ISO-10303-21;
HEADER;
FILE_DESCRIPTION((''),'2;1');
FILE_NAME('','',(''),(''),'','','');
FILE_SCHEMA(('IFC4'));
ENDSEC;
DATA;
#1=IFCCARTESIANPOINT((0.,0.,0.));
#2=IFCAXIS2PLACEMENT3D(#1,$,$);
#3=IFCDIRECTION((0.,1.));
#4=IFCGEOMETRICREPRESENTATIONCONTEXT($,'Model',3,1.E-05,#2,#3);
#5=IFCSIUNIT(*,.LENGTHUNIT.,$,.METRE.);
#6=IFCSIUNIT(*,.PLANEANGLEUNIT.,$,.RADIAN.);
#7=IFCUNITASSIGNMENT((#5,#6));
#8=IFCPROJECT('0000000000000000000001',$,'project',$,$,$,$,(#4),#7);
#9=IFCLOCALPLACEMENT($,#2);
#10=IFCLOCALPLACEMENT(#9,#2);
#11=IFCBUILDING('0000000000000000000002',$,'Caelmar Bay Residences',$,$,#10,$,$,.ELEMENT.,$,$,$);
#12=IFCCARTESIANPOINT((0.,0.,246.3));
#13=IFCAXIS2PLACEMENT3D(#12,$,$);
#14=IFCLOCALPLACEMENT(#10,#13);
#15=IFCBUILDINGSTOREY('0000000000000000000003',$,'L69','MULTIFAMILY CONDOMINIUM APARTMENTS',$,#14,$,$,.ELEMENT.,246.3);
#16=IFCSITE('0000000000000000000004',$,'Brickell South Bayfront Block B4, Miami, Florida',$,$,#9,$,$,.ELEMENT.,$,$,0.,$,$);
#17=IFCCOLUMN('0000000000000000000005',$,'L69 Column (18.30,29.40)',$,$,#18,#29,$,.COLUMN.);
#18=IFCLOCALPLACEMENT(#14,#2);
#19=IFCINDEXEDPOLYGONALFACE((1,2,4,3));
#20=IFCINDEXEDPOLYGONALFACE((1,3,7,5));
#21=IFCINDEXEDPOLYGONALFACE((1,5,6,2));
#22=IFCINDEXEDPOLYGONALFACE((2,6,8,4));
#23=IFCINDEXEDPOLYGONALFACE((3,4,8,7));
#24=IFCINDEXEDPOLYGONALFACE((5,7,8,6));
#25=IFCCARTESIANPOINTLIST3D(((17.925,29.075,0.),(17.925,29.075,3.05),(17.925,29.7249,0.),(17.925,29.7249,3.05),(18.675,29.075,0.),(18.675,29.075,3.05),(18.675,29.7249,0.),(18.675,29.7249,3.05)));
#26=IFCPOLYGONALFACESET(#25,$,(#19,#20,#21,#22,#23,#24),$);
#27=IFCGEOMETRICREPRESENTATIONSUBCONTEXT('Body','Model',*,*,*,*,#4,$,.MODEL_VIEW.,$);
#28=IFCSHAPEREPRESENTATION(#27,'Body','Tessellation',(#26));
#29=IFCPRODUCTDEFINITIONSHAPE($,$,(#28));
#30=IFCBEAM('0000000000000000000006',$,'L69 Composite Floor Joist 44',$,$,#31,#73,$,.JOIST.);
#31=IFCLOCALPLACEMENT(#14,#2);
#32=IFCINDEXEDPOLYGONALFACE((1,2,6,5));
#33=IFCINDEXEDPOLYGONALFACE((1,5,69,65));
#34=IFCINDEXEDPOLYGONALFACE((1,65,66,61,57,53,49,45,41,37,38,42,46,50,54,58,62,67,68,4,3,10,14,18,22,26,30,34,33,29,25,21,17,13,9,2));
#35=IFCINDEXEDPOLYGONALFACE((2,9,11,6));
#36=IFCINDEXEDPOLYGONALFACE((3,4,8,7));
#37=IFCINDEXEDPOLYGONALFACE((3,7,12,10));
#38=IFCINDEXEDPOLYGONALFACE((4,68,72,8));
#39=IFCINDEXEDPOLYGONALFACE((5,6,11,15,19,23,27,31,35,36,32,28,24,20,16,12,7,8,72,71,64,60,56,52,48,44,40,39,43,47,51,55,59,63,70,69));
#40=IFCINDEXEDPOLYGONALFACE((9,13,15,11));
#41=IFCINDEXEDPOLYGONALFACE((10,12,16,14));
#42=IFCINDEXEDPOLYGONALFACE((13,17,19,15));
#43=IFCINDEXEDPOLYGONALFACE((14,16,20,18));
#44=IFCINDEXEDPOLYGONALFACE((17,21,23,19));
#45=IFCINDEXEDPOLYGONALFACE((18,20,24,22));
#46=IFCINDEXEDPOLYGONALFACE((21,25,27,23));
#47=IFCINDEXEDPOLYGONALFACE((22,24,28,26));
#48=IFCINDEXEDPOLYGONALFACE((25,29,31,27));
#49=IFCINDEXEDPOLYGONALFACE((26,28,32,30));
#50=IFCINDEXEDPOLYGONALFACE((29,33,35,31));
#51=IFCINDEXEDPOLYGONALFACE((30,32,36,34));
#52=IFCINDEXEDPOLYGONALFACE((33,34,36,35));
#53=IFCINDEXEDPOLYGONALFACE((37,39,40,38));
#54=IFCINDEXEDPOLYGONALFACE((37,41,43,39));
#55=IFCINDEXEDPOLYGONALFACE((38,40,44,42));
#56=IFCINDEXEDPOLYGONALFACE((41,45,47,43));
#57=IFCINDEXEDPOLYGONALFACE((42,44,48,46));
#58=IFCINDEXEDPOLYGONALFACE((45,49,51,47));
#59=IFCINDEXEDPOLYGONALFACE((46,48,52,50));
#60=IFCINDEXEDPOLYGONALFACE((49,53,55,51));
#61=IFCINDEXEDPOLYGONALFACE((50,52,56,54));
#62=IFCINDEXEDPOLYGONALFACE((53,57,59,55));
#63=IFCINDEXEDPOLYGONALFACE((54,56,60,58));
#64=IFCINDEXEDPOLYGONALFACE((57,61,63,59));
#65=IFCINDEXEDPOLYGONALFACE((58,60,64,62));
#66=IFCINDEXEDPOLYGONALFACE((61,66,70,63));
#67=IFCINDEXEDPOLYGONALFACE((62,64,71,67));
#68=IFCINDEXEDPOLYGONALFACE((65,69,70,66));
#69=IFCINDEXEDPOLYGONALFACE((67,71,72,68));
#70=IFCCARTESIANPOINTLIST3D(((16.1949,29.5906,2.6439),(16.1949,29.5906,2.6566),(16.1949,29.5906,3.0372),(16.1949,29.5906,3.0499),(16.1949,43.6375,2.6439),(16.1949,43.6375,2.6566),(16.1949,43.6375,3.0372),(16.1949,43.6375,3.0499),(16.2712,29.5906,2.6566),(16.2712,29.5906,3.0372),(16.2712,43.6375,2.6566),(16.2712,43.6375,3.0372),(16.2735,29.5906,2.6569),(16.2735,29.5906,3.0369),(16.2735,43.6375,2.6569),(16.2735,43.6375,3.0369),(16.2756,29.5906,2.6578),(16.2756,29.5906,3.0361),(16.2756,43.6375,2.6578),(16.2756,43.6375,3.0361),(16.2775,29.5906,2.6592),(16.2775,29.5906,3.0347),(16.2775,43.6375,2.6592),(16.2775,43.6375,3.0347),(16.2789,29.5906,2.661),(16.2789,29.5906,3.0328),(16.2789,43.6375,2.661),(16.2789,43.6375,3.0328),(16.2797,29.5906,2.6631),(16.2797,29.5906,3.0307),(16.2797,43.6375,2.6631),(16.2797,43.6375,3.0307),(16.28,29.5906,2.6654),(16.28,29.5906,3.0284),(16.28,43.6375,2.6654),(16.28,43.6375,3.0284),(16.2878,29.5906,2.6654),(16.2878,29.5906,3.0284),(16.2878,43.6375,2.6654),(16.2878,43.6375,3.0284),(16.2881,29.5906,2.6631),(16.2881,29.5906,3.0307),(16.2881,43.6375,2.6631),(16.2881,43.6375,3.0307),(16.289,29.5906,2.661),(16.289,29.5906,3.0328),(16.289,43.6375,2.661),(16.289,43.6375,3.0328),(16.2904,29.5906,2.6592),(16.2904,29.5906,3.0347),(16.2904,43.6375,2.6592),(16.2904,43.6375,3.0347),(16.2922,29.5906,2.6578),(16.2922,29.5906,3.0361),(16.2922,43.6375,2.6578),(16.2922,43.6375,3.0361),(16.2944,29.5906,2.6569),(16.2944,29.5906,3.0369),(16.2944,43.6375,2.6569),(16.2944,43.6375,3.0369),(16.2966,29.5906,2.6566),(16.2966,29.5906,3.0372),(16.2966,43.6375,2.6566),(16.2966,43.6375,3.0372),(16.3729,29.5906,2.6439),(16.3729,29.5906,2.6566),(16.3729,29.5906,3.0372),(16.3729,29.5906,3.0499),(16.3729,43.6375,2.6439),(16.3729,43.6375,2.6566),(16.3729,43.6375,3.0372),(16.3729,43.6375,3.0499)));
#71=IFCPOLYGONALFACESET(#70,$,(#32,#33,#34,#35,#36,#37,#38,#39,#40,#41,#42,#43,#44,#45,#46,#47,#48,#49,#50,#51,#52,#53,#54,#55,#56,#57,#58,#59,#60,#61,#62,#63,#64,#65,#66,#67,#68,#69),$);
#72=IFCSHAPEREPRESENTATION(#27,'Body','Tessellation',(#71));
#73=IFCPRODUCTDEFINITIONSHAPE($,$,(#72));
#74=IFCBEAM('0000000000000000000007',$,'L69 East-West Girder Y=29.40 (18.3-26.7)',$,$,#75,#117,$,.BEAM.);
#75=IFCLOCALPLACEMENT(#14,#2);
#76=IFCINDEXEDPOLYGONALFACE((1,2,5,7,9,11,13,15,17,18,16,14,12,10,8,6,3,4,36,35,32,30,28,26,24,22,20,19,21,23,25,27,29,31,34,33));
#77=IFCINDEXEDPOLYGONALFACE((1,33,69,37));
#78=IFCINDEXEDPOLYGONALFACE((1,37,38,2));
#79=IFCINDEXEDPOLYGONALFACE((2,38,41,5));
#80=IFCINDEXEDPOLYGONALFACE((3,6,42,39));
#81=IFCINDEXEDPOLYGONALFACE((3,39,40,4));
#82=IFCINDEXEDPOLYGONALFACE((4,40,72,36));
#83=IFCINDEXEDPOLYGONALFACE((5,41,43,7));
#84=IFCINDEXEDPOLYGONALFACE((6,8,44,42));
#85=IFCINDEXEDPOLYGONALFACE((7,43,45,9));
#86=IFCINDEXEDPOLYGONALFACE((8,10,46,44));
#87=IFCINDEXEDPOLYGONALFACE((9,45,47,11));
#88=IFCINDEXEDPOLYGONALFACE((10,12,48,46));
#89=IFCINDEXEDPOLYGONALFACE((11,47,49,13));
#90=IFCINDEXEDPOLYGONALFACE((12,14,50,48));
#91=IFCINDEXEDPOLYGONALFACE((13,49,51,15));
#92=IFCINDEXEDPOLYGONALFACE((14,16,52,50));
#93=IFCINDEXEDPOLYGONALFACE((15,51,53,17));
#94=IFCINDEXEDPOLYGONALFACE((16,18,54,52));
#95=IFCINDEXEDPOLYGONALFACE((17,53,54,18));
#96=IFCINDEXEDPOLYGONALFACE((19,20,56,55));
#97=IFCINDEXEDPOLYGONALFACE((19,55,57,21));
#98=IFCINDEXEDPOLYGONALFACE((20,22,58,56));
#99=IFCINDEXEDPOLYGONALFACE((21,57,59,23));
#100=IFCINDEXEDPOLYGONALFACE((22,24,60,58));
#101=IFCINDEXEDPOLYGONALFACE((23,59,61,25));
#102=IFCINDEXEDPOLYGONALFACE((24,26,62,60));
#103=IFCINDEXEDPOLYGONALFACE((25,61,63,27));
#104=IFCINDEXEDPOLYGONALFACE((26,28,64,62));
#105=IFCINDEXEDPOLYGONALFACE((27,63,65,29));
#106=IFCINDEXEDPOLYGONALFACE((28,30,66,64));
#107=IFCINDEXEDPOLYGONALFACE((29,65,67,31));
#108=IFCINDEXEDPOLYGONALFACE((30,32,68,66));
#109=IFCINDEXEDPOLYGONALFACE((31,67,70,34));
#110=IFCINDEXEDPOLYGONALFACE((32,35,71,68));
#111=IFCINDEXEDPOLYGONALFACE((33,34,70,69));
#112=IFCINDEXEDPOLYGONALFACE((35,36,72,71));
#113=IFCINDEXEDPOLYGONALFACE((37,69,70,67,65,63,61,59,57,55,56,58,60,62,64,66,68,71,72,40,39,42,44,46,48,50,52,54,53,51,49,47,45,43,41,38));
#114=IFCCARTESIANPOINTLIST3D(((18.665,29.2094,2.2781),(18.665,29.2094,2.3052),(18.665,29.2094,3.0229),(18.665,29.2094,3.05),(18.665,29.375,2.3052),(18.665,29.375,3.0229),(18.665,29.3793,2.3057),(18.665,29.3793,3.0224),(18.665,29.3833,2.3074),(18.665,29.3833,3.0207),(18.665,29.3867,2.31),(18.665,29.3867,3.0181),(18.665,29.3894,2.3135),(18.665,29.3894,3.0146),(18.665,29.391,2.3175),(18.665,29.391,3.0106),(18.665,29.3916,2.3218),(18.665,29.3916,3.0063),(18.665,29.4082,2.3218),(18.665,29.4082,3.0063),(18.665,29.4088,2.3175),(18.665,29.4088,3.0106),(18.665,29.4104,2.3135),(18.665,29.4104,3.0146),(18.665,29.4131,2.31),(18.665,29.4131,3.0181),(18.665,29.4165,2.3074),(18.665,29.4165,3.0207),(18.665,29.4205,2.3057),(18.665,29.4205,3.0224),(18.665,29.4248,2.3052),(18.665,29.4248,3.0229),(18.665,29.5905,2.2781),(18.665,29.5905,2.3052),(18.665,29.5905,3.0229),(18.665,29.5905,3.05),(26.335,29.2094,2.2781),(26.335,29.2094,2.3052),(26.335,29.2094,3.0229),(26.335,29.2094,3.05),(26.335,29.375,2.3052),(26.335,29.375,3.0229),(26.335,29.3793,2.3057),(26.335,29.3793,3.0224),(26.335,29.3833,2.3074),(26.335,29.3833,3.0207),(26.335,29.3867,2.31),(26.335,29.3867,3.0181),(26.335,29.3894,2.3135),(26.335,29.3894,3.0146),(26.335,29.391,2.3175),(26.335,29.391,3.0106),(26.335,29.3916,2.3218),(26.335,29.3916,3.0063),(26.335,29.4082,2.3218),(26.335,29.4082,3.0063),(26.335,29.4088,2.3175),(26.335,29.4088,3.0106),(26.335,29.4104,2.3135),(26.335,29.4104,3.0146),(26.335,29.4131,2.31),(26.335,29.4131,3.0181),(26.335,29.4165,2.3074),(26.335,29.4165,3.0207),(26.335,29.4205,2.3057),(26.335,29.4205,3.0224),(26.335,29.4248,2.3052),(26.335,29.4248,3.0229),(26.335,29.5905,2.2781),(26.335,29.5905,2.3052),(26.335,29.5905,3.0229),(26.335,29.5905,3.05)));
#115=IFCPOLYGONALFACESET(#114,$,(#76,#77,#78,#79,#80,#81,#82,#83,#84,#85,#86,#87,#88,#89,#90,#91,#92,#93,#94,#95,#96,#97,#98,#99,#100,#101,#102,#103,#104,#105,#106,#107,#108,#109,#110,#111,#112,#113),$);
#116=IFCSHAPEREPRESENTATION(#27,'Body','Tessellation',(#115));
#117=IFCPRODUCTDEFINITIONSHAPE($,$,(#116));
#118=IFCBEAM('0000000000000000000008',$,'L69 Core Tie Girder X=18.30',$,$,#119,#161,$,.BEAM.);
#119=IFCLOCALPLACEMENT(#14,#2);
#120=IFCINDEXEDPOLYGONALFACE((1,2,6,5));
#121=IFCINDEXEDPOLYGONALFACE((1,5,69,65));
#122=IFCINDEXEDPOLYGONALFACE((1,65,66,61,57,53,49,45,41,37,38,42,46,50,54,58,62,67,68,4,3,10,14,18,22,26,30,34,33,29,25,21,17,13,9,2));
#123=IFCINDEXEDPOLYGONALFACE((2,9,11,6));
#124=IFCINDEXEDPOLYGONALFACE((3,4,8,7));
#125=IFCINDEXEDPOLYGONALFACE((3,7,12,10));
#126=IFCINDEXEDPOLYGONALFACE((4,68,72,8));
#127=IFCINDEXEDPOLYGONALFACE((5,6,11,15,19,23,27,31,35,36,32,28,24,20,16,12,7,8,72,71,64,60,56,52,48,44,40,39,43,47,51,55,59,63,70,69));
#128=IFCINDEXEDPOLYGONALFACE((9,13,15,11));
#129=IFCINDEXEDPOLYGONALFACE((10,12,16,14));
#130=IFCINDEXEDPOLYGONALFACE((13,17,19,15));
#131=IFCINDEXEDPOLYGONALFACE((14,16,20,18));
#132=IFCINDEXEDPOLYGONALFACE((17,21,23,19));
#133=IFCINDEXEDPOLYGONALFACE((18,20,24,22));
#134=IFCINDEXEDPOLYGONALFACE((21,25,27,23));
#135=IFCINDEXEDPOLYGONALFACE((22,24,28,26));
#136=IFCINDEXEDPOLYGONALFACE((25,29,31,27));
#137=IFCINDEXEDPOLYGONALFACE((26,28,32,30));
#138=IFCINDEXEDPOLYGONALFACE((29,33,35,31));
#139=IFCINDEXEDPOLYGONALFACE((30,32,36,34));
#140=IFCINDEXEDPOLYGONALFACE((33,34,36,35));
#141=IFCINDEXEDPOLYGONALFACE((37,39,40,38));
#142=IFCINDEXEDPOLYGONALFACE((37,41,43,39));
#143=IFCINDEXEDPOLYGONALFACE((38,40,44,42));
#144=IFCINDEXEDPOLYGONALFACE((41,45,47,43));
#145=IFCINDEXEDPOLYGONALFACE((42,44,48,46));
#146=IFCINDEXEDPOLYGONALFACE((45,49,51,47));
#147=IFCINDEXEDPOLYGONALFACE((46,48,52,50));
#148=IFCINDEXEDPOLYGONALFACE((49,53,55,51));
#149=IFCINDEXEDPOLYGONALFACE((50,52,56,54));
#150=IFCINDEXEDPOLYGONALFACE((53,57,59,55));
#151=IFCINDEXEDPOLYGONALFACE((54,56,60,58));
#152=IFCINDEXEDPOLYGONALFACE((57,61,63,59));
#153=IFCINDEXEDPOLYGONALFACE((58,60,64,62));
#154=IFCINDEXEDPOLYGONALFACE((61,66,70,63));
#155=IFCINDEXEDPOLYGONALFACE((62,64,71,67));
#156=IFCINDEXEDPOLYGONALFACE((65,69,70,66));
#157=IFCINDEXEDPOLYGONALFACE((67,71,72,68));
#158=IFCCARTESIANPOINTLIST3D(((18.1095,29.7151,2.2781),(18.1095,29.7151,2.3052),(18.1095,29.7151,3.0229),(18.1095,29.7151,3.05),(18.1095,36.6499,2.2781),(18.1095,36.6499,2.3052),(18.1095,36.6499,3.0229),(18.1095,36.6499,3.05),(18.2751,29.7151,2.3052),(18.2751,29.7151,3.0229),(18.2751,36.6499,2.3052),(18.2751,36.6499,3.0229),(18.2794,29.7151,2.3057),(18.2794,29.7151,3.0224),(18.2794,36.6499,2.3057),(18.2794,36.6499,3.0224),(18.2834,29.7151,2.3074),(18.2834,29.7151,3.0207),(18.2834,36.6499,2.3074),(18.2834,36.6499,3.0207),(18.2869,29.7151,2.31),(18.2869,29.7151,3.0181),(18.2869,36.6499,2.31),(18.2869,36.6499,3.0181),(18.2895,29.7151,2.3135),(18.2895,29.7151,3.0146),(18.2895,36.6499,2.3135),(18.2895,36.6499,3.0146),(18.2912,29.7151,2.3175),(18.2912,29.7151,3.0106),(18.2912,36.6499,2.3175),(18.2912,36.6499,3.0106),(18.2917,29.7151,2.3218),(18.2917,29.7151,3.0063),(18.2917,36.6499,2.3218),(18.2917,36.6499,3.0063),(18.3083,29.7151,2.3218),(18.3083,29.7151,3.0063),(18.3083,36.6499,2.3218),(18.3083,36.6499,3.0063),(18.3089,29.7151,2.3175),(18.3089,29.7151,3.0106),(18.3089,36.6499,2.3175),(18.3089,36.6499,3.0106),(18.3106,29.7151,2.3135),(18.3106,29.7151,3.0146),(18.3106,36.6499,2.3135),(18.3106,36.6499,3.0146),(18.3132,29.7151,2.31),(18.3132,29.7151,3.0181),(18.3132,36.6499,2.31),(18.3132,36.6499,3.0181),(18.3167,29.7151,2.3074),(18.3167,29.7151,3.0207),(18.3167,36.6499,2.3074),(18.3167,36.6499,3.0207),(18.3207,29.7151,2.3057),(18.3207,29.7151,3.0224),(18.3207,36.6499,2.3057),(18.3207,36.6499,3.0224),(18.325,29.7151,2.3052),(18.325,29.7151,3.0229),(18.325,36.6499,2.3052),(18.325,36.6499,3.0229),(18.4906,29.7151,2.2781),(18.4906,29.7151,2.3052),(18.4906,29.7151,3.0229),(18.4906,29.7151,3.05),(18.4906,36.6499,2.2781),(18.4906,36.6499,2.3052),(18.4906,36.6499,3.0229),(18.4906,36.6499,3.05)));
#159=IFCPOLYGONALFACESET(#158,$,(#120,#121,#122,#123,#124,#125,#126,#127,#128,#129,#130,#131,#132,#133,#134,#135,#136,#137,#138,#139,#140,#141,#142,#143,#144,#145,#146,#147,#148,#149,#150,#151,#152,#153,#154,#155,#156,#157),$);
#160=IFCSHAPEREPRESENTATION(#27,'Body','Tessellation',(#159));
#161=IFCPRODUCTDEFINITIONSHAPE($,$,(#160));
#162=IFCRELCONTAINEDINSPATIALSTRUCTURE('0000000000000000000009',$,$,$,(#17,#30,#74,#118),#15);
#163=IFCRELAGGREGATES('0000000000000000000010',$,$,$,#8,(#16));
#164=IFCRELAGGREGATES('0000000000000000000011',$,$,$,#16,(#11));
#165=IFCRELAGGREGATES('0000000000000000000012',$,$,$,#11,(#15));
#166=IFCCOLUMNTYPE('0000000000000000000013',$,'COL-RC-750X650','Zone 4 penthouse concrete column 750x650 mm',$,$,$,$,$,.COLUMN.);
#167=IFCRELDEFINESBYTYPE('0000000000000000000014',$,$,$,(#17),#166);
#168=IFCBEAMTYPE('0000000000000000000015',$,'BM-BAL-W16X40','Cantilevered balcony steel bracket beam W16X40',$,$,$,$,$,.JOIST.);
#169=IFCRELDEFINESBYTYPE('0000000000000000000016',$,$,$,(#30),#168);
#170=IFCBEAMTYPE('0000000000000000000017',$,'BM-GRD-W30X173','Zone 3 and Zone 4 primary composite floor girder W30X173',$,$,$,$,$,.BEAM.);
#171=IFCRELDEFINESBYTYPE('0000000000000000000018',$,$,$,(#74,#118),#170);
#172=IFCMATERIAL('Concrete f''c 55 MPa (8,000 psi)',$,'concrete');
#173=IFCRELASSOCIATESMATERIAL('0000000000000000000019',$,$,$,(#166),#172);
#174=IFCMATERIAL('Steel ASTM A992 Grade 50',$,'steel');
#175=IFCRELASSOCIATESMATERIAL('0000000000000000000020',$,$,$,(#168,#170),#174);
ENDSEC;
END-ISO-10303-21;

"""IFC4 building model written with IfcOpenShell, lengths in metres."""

from ifc_helpers import new_model, si_unit, direction, frame, origin, origin_2d, place, context, subcontext, project, spatial, rectangle, i_section, extrude, material, material_profile, profile_set, type_object, element, save


model = new_model("IFC4")

# Units and contexts
model_context = context("Model", 3, precision=1e-05, world=origin(), true_north=direction((0.0, 1.0)))
body_context = subcontext(model_context, "Body", "Model", "MODEL_VIEW")
ifc_project = project(units=[si_unit("LENGTHUNIT", "METRE"), si_unit("PLANEANGLEUNIT", "RADIAN")], contexts=[model_context])

# Site, building, storey
site_placement = place(None, origin())
site = spatial("IfcSite", under=ifc_project, at=site_placement, Name="Brickell South Bayfront Block B4, Miami, Florida", CompositionType="ELEMENT", RefElevation=0.0)
building_placement = place(site_placement, origin())
building = spatial("IfcBuilding", under=site, at=building_placement, Name="Caelmar Bay Residences", CompositionType="ELEMENT")
storey_placement = place(building_placement, frame((0.0, 0.0, 246.3)))
storey = spatial("IfcBuildingStorey", under=building, at=storey_placement, Name="L69", Description="MULTIFAMILY CONDOMINIUM APARTMENTS", CompositionType="ELEMENT", Elevation=246.3)

# Column
ifc_material_1 = material(Name="Concrete f'c 55 MPa (8,000 psi)", Category="concrete")
ifc_material_profile_1 = material_profile(ifc_material_1, rectangle(XDim=0.75, YDim=0.6499, at=origin_2d()), Name="RC-COL-750X650")
ifc_profile_set_1 = profile_set([ifc_material_profile_1], Name="Concrete f'c 55 MPa (8,000 psi)")
column_type = type_object("IfcColumnType", Name="COL-RC-750X650", Description="Zone 4 penthouse concrete column 750x650 mm", PredefinedType="COLUMN", material=ifc_profile_set_1)
column_placement = place(storey_placement, frame((18.3, 29.3999, 0.0), z_axis=(0.0, 0.0, 1.0), x_axis=(1.0, 0.0, 0.0)))
element("IfcColumn", 1, at=column_placement, inside=storey, type_object=column_type, Name="L69 Column (18.30,29.40)", PredefinedType="COLUMN", context=body_context, shape_type="SweptSolid", body=[
    extrude(rectangle(XDim=0.75, YDim=0.6499, at=origin_2d()), origin(), (0.0, 0.0, 1.0), 3.05),
])

# Beams
ifc_material_2 = material(Name="Steel ASTM A992 Grade 50", Category="steel")
ifc_material_profile_2 = material_profile(ifc_material_2, i_section(OverallWidth=0.178, OverallDepth=0.406, WebThickness=0.0078, FlangeThickness=0.0127, FilletRadius=0.0088, at=origin_2d()), Name="W16X40")
ifc_profile_set_2 = profile_set([ifc_material_profile_2], Name="Steel ASTM A992 Grade 50")
beam_type_1 = type_object("IfcBeamType", Name="BM-BAL-W16X40", Description="Cantilevered balcony steel bracket beam W16X40", PredefinedType="JOIST", material=ifc_profile_set_2)
beam_1_placement = place(storey_placement, frame((16.2839, 29.5906, 2.8469), z_axis=(0.0, 1.0, 0.0), x_axis=(-1.0, 0.0, 0.0)))
element("IfcBeam", 2, at=beam_1_placement, inside=storey, type_object=beam_type_1, Name="L69 Composite Floor Joist 44", PredefinedType="JOIST", context=body_context, shape_type="SweptSolid", body=[
    extrude(i_section(OverallWidth=0.178, OverallDepth=0.406, WebThickness=0.0078, FlangeThickness=0.0127, FilletRadius=0.0088, at=origin_2d()), origin(), (0.0, 0.0, 1.0), 14.0469),
])
ifc_material_profile_3 = material_profile(ifc_material_2, i_section(OverallWidth=0.3811, OverallDepth=0.772, WebThickness=0.0166, FlangeThickness=0.0271, FilletRadius=0.0166, at=origin_2d()), Name="W30X173")
ifc_profile_set_3 = profile_set([ifc_material_profile_3], Name="Steel ASTM A992 Grade 50")
beam_type_2 = type_object("IfcBeamType", Name="BM-GRD-W30X173", Description="Zone 3 and Zone 4 primary composite floor girder W30X173", PredefinedType="BEAM", material=ifc_profile_set_3)
beam_2_placement = place(storey_placement, frame((18.665, 29.3999, 2.6641), z_axis=(1.0, 0.0, 0.0), x_axis=(0.0, 1.0, 0.0)))
element("IfcBeam", 3, at=beam_2_placement, inside=storey, type_object=beam_type_2, Name="L69 East-West Girder Y=29.40 (18.3-26.7)", PredefinedType="BEAM", context=body_context, shape_type="SweptSolid", body=[
    extrude(i_section(OverallWidth=0.3811, OverallDepth=0.772, WebThickness=0.0166, FlangeThickness=0.0271, FilletRadius=0.0166, at=origin_2d()), origin(), (0.0, 0.0, 1.0), 7.6699),
])
beam_3_placement = place(storey_placement, frame((18.3, 29.7151, 2.6641), z_axis=(0.0, 1.0, 0.0), x_axis=(-1.0, 0.0, 0.0)))
element("IfcBeam", 4, at=beam_3_placement, inside=storey, type_object=beam_type_2, Name="L69 Core Tie Girder X=18.30", PredefinedType="BEAM", context=body_context, shape_type="SweptSolid", body=[
    extrude(i_section(OverallWidth=0.3811, OverallDepth=0.772, WebThickness=0.0166, FlangeThickness=0.0271, FilletRadius=0.0166, at=origin_2d()), origin(), (0.0, 0.0, 1.0), 6.9348),
])

save(model, "model.ifc")
